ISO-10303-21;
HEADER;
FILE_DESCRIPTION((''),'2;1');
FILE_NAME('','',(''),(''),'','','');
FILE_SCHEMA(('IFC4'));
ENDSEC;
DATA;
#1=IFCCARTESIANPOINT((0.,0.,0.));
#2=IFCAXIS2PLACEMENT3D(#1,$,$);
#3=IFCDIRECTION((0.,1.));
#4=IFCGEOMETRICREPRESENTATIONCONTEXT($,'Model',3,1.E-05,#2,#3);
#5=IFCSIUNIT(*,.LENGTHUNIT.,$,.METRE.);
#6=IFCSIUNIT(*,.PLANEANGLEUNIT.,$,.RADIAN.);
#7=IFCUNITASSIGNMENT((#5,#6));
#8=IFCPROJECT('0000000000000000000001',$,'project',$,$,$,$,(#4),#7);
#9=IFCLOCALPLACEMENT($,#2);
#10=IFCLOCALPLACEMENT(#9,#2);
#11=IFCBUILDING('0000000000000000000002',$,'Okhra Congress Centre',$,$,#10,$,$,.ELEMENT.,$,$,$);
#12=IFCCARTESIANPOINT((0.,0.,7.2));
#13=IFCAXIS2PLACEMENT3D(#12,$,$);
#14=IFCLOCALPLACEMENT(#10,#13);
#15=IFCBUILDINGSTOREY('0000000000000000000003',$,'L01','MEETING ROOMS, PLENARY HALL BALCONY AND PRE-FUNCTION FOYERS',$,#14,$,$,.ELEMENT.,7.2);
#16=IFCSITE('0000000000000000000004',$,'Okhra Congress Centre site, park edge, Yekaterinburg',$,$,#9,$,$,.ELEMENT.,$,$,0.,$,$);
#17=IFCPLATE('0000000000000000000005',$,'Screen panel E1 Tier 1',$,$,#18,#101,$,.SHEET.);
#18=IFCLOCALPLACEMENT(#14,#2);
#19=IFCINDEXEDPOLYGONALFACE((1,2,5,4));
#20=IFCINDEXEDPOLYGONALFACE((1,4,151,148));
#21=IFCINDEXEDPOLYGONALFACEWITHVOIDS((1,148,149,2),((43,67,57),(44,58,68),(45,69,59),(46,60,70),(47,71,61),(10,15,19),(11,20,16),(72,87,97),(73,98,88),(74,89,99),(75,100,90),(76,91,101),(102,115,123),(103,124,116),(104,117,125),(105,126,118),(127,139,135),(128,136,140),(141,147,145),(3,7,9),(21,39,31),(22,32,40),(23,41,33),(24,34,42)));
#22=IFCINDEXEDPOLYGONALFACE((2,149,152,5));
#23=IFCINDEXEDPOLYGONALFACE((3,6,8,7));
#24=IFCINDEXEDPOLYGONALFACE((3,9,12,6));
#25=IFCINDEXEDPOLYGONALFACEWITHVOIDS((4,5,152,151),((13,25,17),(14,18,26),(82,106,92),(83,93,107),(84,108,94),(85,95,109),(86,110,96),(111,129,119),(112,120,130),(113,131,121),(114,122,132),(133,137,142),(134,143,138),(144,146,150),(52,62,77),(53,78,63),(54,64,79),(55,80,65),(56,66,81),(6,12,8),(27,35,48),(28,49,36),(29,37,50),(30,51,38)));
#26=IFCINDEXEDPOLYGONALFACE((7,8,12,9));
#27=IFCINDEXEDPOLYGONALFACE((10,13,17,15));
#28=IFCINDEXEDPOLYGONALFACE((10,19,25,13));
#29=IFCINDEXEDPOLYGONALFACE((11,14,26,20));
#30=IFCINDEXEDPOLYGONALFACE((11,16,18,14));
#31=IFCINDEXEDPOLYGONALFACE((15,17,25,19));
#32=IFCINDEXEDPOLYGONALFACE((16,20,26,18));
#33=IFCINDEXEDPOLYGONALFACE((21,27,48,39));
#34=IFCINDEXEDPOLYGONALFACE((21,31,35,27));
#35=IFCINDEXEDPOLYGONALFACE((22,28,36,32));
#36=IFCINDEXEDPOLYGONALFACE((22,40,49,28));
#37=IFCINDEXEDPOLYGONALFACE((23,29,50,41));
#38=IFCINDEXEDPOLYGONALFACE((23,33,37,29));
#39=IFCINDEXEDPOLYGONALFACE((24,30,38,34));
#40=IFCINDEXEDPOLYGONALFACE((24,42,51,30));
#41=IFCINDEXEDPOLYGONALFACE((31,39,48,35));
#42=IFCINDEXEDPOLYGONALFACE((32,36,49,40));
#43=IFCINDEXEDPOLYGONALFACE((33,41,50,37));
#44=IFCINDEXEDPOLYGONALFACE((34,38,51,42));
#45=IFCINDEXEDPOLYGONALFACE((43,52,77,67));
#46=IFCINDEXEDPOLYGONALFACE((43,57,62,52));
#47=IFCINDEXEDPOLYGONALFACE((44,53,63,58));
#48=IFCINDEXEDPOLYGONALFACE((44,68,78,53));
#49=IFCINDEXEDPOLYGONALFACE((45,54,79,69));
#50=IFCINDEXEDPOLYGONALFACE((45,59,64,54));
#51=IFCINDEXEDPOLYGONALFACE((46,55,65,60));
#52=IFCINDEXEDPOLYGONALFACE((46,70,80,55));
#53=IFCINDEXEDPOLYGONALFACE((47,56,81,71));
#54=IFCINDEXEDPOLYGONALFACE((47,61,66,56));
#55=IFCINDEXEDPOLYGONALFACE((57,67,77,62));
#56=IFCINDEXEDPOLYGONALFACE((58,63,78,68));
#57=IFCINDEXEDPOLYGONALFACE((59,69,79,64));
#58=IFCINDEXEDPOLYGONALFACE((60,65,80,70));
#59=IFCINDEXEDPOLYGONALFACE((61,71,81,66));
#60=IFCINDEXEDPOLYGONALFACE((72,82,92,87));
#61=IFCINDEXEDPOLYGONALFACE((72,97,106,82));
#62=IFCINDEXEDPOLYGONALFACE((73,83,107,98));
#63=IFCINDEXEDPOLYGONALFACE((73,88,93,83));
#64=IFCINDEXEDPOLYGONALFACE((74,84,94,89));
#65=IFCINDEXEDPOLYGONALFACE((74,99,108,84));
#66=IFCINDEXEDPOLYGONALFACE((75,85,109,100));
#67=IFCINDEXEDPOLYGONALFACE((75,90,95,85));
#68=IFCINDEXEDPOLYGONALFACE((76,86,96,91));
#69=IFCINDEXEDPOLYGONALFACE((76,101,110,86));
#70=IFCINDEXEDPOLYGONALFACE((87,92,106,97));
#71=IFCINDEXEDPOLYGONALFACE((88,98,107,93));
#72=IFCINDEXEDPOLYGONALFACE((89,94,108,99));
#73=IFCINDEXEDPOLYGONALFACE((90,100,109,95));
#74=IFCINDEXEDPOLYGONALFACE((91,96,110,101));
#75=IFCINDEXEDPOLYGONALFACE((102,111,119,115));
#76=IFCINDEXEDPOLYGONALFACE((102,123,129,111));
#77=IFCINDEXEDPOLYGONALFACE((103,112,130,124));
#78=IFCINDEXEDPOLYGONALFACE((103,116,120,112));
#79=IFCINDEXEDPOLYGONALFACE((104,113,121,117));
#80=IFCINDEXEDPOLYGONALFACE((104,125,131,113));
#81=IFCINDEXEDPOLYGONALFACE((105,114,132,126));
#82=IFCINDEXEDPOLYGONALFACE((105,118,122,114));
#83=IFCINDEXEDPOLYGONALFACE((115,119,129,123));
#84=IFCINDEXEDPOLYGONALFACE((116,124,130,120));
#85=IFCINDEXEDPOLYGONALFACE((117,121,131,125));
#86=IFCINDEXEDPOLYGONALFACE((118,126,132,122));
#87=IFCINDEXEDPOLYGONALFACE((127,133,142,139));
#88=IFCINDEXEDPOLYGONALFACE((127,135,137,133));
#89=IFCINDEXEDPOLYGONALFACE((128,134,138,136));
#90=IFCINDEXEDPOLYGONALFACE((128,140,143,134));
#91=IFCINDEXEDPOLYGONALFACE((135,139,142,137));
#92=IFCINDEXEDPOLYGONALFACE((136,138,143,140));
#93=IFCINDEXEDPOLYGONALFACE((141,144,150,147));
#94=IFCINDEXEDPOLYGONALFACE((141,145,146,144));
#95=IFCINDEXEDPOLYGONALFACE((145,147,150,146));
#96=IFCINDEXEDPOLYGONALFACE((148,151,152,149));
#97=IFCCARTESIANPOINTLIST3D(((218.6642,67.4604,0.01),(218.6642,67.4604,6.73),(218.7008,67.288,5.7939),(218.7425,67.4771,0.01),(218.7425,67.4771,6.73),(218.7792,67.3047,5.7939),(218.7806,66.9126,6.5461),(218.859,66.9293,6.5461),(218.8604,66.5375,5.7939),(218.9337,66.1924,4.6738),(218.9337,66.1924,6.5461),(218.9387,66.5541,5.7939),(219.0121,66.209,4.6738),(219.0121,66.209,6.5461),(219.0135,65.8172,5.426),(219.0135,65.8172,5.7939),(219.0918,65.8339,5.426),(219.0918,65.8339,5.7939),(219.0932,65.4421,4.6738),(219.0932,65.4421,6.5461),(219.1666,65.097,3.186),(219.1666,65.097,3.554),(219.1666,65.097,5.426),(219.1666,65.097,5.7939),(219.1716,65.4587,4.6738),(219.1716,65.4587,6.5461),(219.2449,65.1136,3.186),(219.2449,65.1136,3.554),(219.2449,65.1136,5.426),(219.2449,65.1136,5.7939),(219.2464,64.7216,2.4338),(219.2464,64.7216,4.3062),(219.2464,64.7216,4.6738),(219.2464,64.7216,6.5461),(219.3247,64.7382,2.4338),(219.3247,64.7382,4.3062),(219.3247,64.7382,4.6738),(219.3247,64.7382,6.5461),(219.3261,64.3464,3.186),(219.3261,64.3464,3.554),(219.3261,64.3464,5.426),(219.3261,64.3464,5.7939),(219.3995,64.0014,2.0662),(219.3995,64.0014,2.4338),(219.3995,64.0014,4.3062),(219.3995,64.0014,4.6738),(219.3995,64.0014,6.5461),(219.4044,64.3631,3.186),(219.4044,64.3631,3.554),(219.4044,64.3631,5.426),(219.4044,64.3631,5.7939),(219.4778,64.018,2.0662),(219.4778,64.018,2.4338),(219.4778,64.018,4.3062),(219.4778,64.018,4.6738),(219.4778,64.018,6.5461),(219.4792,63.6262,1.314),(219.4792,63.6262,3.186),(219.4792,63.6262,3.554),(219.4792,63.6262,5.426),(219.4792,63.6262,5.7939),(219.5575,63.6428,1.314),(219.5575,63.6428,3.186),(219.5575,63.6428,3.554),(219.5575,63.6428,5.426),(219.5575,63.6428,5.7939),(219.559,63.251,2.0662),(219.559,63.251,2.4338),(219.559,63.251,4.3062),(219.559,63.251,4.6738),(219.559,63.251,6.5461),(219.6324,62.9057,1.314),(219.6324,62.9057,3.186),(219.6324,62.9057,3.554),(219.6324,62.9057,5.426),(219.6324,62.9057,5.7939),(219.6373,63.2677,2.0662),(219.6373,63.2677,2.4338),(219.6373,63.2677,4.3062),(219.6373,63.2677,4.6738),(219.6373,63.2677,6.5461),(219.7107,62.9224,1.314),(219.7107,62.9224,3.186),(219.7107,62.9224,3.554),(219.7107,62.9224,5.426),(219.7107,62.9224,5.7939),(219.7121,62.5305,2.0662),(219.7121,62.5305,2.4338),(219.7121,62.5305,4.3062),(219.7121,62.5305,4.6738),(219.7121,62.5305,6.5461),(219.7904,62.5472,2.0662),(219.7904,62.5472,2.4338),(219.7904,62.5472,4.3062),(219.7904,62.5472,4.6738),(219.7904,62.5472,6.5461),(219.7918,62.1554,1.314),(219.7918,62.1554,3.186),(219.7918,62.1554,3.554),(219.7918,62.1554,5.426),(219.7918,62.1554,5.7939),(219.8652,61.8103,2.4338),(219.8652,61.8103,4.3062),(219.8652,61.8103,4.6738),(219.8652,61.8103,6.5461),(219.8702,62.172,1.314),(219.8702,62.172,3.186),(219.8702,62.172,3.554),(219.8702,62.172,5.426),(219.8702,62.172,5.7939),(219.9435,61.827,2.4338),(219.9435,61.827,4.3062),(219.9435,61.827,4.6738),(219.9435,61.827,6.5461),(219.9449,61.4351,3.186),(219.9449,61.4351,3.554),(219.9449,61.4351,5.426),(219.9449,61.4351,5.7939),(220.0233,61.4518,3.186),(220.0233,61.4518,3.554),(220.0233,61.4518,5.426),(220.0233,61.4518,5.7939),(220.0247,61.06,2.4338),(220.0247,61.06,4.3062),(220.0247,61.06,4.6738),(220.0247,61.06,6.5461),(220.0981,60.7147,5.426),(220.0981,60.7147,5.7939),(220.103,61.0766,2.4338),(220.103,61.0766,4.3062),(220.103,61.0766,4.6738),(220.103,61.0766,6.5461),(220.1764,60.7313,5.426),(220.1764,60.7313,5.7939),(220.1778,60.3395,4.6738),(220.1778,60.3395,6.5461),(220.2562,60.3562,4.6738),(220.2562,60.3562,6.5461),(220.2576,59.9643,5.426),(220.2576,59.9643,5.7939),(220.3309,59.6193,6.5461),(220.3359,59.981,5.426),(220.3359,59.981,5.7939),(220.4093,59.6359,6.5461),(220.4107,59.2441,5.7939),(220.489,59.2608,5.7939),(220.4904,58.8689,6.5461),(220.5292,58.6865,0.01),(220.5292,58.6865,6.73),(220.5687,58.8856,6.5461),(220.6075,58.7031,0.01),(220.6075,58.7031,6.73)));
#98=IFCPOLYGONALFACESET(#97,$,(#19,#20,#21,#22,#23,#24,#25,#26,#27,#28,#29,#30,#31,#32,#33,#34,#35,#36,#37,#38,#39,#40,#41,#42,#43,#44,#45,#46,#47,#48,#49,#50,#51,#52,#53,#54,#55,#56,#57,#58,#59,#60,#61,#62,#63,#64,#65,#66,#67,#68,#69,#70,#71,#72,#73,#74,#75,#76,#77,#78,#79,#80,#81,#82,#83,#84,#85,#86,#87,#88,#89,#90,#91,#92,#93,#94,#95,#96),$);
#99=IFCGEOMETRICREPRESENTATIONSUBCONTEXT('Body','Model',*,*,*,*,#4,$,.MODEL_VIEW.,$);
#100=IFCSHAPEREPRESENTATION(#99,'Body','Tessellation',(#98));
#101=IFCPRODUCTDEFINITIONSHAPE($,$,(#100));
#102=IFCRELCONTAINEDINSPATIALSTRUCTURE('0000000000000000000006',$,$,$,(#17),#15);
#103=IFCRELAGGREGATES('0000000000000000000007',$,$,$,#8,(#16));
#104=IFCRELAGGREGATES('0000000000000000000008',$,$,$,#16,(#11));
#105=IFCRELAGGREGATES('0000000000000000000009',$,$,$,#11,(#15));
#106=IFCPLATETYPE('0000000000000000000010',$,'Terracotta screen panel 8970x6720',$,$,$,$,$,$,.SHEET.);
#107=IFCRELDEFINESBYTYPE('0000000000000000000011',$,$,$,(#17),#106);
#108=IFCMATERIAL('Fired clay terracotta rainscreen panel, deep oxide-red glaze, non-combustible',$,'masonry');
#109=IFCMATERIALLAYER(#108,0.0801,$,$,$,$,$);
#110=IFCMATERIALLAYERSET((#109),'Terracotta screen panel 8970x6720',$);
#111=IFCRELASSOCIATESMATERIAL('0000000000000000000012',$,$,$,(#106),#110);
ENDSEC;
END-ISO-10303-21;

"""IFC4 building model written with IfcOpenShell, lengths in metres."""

from ifc_helpers import new_model, si_unit, direction, frame, origin, place, context, subcontext, project, spatial, polyline, outline, extrude, material, layer, layer_set, type_object, element, save


model = new_model("IFC4")

# Units and contexts
model_context = context("Model", 3, precision=1e-05, world=origin(), true_north=direction((0.0, 1.0)))
body_context = subcontext(model_context, "Body", "Model", "MODEL_VIEW")
ifc_project = project(units=[si_unit("LENGTHUNIT", "METRE"), si_unit("PLANEANGLEUNIT", "RADIAN")], contexts=[model_context])

# Site, building, storey
site_placement = place(None, origin())
site = spatial("IfcSite", under=ifc_project, at=site_placement, Name="Okhra Congress Centre site, park edge, Yekaterinburg", CompositionType="ELEMENT", RefElevation=0.0)
building_placement = place(site_placement, origin())
building = spatial("IfcBuilding", under=site, at=building_placement, Name="Okhra Congress Centre", CompositionType="ELEMENT")
storey_placement = place(building_placement, frame((0.0, 0.0, 7.2)))
storey = spatial("IfcBuildingStorey", under=building, at=storey_placement, Name="L01", Description="MEETING ROOMS, PLENARY HALL BALCONY AND PRE-FUNCTION FOYERS", CompositionType="ELEMENT", Elevation=7.2)

# Plate
ifc_material_1 = material(Name="Fired clay terracotta rainscreen panel, deep oxide-red glaze, non-combustible", Category="masonry")
ifc_layer_1 = layer(ifc_material_1, 0.0801)
ifc_layer_set_1 = layer_set([ifc_layer_1], Name="Terracotta screen panel 8970x6720")
plate_type_1 = type_object("IfcPlateType", Name="Terracotta screen panel 8970x6720", PredefinedType="SHEET", material=ifc_layer_set_1)
plate_1_placement = place(storey_placement, frame((220.5684, 58.6948, 0.01), z_axis=(0.0, 0.0, 1.0), x_axis=(-0.207915, 0.978147, 0.0)))
element("IfcPlate", 1, at=plate_1_placement, inside=storey, type_object=plate_type_1, Name="Screen panel E1 Tier 1", PredefinedType="SHEET", context=body_context, shape_type="SweptSolid", body=[
    extrude(outline(polyline([(0.0, 0.0), (8.97, 0.0), (8.97, 6.72), (0.0, 6.72), (0.0, 0.0)]), holes=[polyline([(3.5464, 1.304), (4.3135, 1.304), (3.9299, 2.0562), (3.5464, 1.304)]), polyline([(4.6665, 2.0562), (5.05, 1.304), (5.4336, 2.0562), (4.6665, 2.0562)]), polyline([(2.4265, 2.4238), (3.1936, 2.4238), (2.8101, 3.176), (2.4265, 2.4238)]), polyline([(3.5464, 3.176), (3.9299, 2.4238), (4.3135, 3.176), (3.5464, 3.176)]), polyline([(4.6665, 2.4238), (5.4336, 2.4238), (5.05, 3.176), (4.6665, 2.4238)]), polyline([(5.7864, 3.176), (6.1699, 2.4238), (6.5537, 3.176), (5.7864, 3.176)]), polyline([(2.4265, 4.2961), (2.8101, 3.5439), (3.1936, 4.2961), (2.4265, 4.2961)]), polyline([(3.5464, 3.5439), (4.3135, 3.5439), (3.9299, 4.2961), (3.5464, 3.5439)]), polyline([(4.6665, 4.2961), (5.05, 3.5439), (5.4336, 4.2961), (4.6665, 4.2961)]), polyline([(5.7864, 3.5439), (6.5537, 3.5439), (6.1699, 4.2961), (5.7864, 3.5439)]), polyline([(1.3064, 5.416), (1.6899, 4.6638), (2.0735, 5.416), (1.3064, 5.416)]), polyline([(2.4265, 4.6638), (3.1936, 4.6638), (2.8101, 5.416), (2.4265, 4.6638)]), polyline([(3.5464, 5.416), (3.9299, 4.6638), (4.3135, 5.416), (3.5464, 5.416)]), polyline([(4.6665, 4.6638), (5.4336, 4.6638), (5.05, 5.416), (4.6665, 4.6638)]), polyline([(5.7864, 5.416), (6.1699, 4.6638), (6.5537, 5.416), (5.7864, 5.416)]), polyline([(6.9065, 4.6638), (7.6736, 4.6638), (7.29, 5.416), (6.9065, 4.6638)]), polyline([(0.1865, 6.5361), (0.5701, 5.7839), (0.9536, 6.5361), (0.1865, 6.5361)]), polyline([(1.3064, 5.7839), (2.0735, 5.7839), (1.6899, 6.5361), (1.3064, 5.7839)]), polyline([(2.4265, 6.5361), (2.8101, 5.7839), (3.1936, 6.5361), (2.4265, 6.5361)]), polyline([(3.5464, 5.7839), (4.3135, 5.7839), (3.9299, 6.5361), (3.5464, 5.7839)]), polyline([(4.6665, 6.5361), (5.05, 5.7839), (5.4336, 6.5361), (4.6665, 6.5361)]), polyline([(5.7864, 5.7839), (6.5537, 5.7839), (6.1699, 6.5361), (5.7864, 5.7839)]), polyline([(6.9065, 6.5361), (7.29, 5.7839), (7.6736, 6.5361), (6.9065, 6.5361)]), polyline([(8.0264, 5.7839), (8.7937, 5.7839), (8.4099, 6.5361), (8.0264, 5.7839)])]), frame((0.0, 0.04, 0.0), z_axis=(0.0, -1.0, 0.0), x_axis=(1.0, 0.0, 0.0)), (0.0, 0.0, 1.0), 0.0801),
])

save(model, "model.ifc")
